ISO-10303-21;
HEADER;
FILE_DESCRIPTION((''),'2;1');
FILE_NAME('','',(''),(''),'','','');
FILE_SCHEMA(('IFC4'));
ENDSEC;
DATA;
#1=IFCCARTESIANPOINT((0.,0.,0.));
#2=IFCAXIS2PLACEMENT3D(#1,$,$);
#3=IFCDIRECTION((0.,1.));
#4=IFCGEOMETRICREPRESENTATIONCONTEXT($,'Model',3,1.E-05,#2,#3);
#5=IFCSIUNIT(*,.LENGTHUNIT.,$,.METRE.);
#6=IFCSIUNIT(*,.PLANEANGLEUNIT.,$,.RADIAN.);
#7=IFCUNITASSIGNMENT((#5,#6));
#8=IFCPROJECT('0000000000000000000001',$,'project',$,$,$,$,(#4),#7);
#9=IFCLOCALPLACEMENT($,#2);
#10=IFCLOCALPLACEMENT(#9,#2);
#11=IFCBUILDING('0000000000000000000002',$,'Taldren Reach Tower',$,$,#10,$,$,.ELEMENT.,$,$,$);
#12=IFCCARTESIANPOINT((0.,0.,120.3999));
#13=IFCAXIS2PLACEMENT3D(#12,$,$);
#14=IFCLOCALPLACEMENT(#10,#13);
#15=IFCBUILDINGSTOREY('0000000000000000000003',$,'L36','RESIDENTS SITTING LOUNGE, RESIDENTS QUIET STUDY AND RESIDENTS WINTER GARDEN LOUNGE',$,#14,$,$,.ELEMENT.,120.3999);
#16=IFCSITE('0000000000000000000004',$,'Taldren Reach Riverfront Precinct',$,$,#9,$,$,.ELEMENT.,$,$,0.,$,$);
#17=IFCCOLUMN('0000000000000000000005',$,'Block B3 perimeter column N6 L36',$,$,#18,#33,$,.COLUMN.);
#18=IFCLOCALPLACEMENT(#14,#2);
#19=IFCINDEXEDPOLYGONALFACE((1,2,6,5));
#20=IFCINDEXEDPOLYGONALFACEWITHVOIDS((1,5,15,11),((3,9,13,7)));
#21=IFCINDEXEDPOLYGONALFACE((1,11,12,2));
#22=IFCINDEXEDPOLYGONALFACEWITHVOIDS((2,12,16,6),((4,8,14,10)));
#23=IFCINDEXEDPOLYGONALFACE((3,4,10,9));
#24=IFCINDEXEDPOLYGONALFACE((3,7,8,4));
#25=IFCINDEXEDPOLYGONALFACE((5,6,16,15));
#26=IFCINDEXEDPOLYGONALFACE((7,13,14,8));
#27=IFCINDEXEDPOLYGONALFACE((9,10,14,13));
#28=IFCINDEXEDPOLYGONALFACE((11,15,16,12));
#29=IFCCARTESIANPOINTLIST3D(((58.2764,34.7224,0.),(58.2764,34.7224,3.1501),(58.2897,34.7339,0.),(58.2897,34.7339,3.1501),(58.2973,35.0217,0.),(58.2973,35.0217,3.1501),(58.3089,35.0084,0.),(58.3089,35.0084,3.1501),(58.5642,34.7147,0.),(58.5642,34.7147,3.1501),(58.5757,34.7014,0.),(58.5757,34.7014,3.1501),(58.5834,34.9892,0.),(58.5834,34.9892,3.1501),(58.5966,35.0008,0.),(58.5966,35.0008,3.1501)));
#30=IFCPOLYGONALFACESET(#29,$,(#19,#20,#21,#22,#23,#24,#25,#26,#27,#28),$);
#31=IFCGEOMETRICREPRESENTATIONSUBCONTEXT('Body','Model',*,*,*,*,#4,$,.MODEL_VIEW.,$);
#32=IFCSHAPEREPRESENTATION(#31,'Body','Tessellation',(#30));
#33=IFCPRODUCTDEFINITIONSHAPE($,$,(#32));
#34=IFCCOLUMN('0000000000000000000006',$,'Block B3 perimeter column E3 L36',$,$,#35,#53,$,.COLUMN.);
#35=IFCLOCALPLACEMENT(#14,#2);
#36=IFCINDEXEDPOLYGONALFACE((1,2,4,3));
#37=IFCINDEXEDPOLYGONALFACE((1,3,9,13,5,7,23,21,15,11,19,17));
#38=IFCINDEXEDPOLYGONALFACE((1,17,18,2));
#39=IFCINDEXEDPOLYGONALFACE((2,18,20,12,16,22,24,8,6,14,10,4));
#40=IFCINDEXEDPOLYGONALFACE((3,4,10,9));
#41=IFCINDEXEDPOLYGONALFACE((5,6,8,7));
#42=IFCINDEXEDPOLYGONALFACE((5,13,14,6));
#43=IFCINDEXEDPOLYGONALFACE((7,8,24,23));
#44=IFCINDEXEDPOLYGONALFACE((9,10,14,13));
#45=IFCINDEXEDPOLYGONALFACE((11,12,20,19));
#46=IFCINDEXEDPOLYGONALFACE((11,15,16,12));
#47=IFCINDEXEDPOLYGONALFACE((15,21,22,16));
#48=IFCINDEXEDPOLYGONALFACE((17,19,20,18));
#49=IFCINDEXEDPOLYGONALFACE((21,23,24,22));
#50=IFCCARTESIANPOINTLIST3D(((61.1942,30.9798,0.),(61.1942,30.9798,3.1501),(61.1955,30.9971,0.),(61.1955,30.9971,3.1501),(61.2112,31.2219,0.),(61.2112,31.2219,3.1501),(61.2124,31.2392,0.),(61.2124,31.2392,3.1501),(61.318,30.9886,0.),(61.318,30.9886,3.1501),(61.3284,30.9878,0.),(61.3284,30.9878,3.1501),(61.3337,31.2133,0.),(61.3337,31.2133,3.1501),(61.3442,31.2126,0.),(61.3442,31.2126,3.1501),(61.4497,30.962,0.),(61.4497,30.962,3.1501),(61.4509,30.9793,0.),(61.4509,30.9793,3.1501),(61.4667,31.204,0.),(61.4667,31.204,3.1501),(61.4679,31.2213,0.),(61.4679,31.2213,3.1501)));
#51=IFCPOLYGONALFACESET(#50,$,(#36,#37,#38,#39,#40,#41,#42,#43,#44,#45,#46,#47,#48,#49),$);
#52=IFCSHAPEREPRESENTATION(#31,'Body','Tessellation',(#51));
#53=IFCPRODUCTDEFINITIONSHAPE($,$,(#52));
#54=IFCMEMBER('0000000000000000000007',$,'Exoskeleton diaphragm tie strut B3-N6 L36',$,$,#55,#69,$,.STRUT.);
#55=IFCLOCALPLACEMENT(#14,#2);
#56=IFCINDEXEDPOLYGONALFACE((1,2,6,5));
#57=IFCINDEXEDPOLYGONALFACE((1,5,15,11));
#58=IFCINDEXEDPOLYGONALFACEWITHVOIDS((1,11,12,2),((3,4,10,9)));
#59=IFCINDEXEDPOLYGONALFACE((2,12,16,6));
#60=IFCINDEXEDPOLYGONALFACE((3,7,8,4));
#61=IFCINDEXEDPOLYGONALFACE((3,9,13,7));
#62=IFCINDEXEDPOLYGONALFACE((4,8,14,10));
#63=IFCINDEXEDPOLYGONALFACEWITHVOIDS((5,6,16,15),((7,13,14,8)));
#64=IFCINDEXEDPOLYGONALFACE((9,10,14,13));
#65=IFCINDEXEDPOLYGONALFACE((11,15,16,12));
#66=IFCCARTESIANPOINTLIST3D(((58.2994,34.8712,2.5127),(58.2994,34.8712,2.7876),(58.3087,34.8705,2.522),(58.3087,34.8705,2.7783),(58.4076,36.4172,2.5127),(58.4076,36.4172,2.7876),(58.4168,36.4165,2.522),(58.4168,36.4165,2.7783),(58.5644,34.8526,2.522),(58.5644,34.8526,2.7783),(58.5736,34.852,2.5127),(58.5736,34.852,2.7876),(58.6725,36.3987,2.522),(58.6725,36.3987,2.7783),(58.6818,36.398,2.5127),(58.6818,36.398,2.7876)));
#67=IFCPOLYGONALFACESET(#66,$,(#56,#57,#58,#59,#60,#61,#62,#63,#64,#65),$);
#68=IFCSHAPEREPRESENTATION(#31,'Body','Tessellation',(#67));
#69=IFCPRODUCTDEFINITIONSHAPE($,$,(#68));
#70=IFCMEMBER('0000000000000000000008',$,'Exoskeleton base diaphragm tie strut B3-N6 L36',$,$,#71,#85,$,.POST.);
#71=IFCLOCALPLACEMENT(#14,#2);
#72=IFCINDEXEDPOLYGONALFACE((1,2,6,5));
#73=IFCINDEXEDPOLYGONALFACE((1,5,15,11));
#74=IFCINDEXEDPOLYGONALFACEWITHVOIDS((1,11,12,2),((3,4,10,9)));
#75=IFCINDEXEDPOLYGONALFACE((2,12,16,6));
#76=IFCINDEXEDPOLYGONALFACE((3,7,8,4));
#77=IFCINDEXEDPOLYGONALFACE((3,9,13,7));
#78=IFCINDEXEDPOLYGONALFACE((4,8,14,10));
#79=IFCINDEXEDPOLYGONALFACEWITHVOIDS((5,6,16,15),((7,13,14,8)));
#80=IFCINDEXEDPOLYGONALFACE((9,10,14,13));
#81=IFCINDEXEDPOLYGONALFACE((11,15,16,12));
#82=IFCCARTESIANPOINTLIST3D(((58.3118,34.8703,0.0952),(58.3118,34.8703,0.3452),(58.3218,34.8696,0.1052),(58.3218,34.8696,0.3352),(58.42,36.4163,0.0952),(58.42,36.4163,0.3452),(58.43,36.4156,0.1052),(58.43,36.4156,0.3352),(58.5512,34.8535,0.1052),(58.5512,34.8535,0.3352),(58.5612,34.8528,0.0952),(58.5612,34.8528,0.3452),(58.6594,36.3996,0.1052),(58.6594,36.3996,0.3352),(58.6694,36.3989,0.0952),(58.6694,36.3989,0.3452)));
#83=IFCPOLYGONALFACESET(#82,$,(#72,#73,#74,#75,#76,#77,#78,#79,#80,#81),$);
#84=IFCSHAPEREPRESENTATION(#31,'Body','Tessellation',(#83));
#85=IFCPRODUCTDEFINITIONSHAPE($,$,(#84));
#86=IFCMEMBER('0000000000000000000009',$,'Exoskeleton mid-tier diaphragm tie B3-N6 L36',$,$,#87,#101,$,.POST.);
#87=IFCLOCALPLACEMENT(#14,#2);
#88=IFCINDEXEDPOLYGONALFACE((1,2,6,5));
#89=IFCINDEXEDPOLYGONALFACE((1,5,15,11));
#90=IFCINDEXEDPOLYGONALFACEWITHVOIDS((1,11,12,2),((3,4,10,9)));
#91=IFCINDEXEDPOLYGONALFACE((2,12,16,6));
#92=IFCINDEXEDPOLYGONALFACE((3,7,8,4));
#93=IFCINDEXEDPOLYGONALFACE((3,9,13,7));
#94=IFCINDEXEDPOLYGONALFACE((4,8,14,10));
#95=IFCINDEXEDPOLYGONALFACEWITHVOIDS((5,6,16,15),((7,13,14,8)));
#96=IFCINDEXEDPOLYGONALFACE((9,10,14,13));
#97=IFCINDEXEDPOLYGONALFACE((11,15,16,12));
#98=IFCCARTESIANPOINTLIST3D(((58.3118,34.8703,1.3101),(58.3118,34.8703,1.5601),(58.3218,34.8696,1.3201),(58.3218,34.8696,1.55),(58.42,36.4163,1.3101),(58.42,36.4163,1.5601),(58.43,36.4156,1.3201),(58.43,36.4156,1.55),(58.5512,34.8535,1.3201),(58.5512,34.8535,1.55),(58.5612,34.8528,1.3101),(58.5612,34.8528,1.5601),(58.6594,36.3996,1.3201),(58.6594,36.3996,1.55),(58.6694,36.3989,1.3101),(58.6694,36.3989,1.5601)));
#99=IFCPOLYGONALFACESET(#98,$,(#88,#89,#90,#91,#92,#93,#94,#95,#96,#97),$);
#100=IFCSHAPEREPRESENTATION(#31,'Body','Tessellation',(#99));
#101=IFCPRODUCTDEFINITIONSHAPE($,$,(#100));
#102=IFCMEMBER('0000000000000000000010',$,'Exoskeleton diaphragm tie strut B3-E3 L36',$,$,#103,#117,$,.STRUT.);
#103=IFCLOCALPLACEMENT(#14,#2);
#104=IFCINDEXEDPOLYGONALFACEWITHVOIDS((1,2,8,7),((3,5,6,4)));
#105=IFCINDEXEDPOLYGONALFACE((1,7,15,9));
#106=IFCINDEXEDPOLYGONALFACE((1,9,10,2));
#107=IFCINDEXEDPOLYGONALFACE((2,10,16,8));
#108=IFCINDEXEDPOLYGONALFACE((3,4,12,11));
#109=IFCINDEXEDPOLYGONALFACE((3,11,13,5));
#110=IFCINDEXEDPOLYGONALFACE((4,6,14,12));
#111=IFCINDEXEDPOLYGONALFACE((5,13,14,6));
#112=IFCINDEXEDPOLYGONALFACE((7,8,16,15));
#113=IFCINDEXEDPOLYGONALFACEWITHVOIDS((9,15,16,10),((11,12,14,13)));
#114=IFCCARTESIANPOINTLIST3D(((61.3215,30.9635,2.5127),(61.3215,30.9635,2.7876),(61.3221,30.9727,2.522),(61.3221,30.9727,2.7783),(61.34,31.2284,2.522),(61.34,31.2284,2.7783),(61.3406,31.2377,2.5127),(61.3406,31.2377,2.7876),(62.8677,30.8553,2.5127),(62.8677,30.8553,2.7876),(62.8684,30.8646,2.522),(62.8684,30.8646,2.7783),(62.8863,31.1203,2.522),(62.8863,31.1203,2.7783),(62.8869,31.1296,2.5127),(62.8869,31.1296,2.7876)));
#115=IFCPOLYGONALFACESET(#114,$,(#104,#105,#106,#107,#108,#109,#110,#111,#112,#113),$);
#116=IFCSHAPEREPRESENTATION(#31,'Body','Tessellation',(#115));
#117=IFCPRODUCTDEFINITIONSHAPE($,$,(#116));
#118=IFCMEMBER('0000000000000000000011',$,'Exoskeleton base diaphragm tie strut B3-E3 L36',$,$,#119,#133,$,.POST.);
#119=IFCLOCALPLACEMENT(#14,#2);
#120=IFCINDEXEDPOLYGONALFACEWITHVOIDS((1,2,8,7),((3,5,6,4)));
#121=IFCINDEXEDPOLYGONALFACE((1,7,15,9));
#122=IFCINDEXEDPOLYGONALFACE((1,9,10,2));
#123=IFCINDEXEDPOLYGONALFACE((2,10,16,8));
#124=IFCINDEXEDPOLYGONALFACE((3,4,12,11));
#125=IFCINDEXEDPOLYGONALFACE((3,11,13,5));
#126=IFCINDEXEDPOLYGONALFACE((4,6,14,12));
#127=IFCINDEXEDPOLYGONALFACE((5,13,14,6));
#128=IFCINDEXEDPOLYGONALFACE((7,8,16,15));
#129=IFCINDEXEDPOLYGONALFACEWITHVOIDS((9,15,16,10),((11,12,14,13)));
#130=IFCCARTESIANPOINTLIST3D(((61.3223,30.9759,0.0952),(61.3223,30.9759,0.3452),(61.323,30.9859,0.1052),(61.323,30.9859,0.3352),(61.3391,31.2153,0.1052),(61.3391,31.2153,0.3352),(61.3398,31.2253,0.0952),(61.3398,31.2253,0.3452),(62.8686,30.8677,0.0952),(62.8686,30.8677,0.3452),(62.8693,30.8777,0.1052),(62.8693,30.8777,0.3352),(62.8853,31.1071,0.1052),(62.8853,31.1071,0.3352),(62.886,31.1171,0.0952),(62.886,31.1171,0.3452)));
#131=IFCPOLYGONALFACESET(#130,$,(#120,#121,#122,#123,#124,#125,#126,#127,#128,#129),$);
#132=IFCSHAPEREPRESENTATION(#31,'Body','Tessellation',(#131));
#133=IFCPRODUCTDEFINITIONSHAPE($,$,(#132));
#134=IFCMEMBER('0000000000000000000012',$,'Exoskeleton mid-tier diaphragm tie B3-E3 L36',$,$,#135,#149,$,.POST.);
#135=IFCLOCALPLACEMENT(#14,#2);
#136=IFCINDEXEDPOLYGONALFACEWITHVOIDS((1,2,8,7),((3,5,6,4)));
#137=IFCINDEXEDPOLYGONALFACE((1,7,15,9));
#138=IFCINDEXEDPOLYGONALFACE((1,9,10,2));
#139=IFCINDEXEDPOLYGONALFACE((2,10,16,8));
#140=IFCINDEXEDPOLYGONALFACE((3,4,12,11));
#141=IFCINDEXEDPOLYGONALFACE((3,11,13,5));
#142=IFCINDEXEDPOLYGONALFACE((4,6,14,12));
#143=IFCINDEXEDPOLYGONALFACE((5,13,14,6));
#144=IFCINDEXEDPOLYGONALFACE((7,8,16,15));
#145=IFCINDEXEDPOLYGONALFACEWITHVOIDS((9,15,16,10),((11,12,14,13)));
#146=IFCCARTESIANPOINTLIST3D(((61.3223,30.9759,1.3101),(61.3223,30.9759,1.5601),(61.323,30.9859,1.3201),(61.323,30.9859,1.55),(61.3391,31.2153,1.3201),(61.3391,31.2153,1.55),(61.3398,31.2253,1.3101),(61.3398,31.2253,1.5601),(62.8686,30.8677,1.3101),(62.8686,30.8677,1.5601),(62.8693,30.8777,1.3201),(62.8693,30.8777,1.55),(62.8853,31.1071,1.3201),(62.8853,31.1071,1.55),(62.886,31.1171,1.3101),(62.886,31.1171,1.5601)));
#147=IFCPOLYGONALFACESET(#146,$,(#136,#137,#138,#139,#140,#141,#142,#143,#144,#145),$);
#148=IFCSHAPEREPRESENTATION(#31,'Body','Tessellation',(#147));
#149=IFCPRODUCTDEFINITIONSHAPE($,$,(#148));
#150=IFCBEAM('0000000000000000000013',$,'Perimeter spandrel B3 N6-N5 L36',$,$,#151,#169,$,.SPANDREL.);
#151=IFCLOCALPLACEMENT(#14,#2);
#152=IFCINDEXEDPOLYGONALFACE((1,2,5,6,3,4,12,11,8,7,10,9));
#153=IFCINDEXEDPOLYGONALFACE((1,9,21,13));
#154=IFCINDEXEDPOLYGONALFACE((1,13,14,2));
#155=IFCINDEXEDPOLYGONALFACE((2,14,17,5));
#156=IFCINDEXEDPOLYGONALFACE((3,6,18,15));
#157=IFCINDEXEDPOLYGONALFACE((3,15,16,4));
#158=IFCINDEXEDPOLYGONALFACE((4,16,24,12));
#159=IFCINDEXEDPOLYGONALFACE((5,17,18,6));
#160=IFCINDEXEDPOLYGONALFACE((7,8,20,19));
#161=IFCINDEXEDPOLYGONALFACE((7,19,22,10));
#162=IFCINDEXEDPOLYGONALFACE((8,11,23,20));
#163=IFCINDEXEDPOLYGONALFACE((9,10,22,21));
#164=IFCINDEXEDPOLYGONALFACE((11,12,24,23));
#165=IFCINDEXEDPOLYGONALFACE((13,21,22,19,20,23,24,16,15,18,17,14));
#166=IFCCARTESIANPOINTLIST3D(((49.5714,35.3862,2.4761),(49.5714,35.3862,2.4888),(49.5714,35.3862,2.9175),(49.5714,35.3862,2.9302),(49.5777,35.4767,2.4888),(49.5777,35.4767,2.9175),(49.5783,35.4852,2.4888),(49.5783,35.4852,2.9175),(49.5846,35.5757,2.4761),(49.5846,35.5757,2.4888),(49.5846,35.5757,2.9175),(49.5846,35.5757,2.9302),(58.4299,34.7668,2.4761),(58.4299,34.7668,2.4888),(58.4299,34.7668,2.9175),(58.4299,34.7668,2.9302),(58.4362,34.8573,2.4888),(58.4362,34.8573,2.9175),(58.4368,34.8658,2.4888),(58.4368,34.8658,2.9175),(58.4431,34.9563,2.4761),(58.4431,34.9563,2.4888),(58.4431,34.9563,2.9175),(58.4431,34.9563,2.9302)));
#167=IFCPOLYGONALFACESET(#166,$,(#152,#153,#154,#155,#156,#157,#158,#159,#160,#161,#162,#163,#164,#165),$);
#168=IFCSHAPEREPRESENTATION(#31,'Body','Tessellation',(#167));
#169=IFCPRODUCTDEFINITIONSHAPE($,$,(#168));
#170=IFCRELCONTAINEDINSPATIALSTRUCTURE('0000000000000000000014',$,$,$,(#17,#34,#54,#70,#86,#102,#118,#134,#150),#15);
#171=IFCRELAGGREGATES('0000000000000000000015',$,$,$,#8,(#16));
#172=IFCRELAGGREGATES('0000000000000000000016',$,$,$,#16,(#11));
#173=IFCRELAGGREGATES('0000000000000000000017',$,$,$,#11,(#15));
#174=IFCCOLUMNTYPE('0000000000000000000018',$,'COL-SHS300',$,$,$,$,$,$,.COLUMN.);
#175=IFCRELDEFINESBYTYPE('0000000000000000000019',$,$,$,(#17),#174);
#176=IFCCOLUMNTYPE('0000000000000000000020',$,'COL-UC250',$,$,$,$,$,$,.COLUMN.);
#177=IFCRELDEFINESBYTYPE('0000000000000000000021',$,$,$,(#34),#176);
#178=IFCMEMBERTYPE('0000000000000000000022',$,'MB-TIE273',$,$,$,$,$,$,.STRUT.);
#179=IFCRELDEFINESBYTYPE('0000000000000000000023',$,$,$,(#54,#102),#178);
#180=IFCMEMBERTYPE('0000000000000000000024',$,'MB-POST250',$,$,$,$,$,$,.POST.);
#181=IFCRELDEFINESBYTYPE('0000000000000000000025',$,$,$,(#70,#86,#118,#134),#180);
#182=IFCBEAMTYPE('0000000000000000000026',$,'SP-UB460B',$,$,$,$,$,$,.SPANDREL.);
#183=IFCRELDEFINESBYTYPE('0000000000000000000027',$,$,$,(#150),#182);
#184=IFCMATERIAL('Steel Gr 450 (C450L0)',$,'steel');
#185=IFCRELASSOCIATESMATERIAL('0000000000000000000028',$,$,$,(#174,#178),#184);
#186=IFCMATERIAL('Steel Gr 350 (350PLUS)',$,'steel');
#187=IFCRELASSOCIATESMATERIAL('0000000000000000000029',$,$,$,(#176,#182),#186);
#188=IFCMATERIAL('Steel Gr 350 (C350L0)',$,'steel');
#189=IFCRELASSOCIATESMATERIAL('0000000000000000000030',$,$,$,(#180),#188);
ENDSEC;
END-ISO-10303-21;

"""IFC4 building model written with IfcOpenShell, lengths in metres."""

from ifc_helpers import new_model, si_unit, direction, frame, origin, origin_2d, place, context, subcontext, project, spatial, hollow_rectangle, i_section, extrude, source, transform, mapped, material, material_profile, profile_set, type_object, element, save


model = new_model("IFC4")

# Units and contexts
model_context = context("Model", 3, precision=1e-05, world=origin(), true_north=direction((0.0, 1.0)))
body_context = subcontext(model_context, "Body", "Model", "MODEL_VIEW")
ifc_project = project(units=[si_unit("LENGTHUNIT", "METRE"), si_unit("PLANEANGLEUNIT", "RADIAN")], contexts=[model_context])

# Site, building, storey
site_placement = place(None, origin())
site = spatial("IfcSite", under=ifc_project, at=site_placement, Name="Taldren Reach Riverfront Precinct", CompositionType="ELEMENT", RefElevation=0.0)
building_placement = place(site_placement, origin())
building = spatial("IfcBuilding", under=site, at=building_placement, Name="Taldren Reach Tower", CompositionType="ELEMENT")
storey_placement = place(building_placement, frame((0.0, 0.0, 120.3999)))
storey = spatial("IfcBuildingStorey", under=building, at=storey_placement, Name="L36", Description="RESIDENTS SITTING LOUNGE, RESIDENTS QUIET STUDY AND RESIDENTS WINTER GARDEN LOUNGE", CompositionType="ELEMENT", Elevation=120.3999)

# Columns
ifc_material_1 = material(Name="Steel Gr 450 (C450L0)", Category="steel")
ifc_material_profile_1 = material_profile(ifc_material_1, hollow_rectangle(XDim=0.3, YDim=0.3, WallThickness=0.0125, at=origin_2d()), Name="300x300x12.5SHS")
ifc_profile_set_1 = profile_set([ifc_material_profile_1], Name="Steel Gr 450 (C450L0)")
column_type_1 = type_object("IfcColumnType", Name="COL-SHS300", PredefinedType="COLUMN", material=ifc_profile_set_1)
shared_shape_1 = source(origin(), body_context, "Body", "SweptSolid", [
    extrude(hollow_rectangle(XDim=0.3, YDim=0.3, WallThickness=0.0125, at=origin_2d()), origin(), (0.0, 0.0, 1.0), 3.1501),
])
column_1_placement = place(storey_placement, frame((58.4365, 34.8616, 0.0), z_axis=(0.0, 0.0, 1.0), x_axis=(0.997564, -0.069756, 0.0)))
element("IfcColumn", 1, at=column_1_placement, inside=storey, type_object=column_type_1, Name="Block B3 perimeter column N6 L36", PredefinedType="COLUMN", context=body_context, shape_type="MappedRepresentation", body=[
    mapped(shared_shape_1, transform((0.0, 0.0, 0.0), scale=1.0)),
])
ifc_material_2 = material(Name="Steel Gr 350 (350PLUS)", Category="steel")
ifc_material_profile_2 = material_profile(ifc_material_2, i_section(OverallWidth=0.2561, OverallDepth=0.26, WebThickness=0.0105, FlangeThickness=0.0173, at=origin_2d()), Name="250UC89.5")
ifc_profile_set_2 = profile_set([ifc_material_profile_2], Name="Steel Gr 350 (350PLUS)")
column_type_2 = type_object("IfcColumnType", Name="COL-UC250", PredefinedType="COLUMN", material=ifc_profile_set_2)
shared_shape_2 = source(origin(), body_context, "Body", "SweptSolid", [
    extrude(i_section(OverallWidth=0.2561, OverallDepth=0.26, WebThickness=0.0105, FlangeThickness=0.0173, at=origin_2d()), origin(), (0.0, 0.0, 1.0), 3.1501),
])
column_2_placement = place(storey_placement, frame((61.3311, 31.1006, 0.0), z_axis=(0.0, 0.0, 1.0), x_axis=(0.997564, -0.069756, 0.0)))
element("IfcColumn", 2, at=column_2_placement, inside=storey, type_object=column_type_2, Name="Block B3 perimeter column E3 L36", PredefinedType="COLUMN", context=body_context, shape_type="MappedRepresentation", body=[
    mapped(shared_shape_2, transform((0.0, 0.0, 0.0), scale=1.0)),
])

# Members
ifc_material_profile_3 = material_profile(ifc_material_1, hollow_rectangle(XDim=0.2749, YDim=0.2749, WallThickness=0.0093, at=origin_2d()), Name="275x275x9.3SHS")
ifc_profile_set_3 = profile_set([ifc_material_profile_3], Name="Steel Gr 450 (C450L0)")
member_type_1 = type_object("IfcMemberType", Name="MB-TIE273", PredefinedType="STRUT", material=ifc_profile_set_3)
shared_shape_3 = source(origin(), body_context, "Body", "SweptSolid", [
    extrude(hollow_rectangle(XDim=0.2749, YDim=0.2749, WallThickness=0.0093, at=origin_2d()), origin(), (0.0, 0.0, 1.0), 1.5498),
])
member_1_placement = place(storey_placement, frame((58.4365, 34.8616, 2.6501), z_axis=(0.069781, 0.997562, 0.0), x_axis=(-0.997562, 0.069781, 0.0)))
element("IfcMember", 3, at=member_1_placement, inside=storey, type_object=member_type_1, Name="Exoskeleton diaphragm tie strut B3-N6 L36", PredefinedType="STRUT", context=body_context, shape_type="MappedRepresentation", body=[
    mapped(shared_shape_3, transform((0.0, 0.0, 0.0), scale=1.0)),
])
ifc_material_3 = material(Name="Steel Gr 350 (C350L0)", Category="steel")
ifc_material_profile_4 = material_profile(ifc_material_3, hollow_rectangle(XDim=0.25, YDim=0.25, WallThickness=0.01, at=origin_2d()), Name="250x250x10.0SHS")
ifc_profile_set_4 = profile_set([ifc_material_profile_4], Name="Steel Gr 350 (C350L0)")
member_type_2 = type_object("IfcMemberType", Name="MB-POST250", PredefinedType="POST", material=ifc_profile_set_4)
shared_shape_4 = source(origin(), body_context, "Body", "SweptSolid", [
    extrude(hollow_rectangle(XDim=0.25, YDim=0.25, WallThickness=0.01, at=origin_2d()), origin(), (0.0, 0.0, 1.0), 1.5498),
])
for number, where, z_axis, x_axis, name in (
    (4, (58.4365, 34.8616, 0.2202), (0.069781, 0.997562, 0.0), (-0.997562, 0.069781, 0.0), "Exoskeleton base diaphragm tie strut B3-N6 L36"),
    (5, (58.4365, 34.8616, 1.4351), (0.069781, 0.997562, 0.0), (-0.997562, 0.069781, 0.0), "Exoskeleton mid-tier diaphragm tie B3-N6 L36"),
):
    element("IfcMember", number, at=place(storey_placement, frame(where, z_axis=z_axis, x_axis=x_axis)), inside=storey, type_object=member_type_2, Name=name, PredefinedType="POST", context=body_context, shape_type="MappedRepresentation", body=[
        mapped(shared_shape_4, transform((0.0, 0.0, 0.0), scale=1.0)),
    ])
shared_shape_5 = source(origin(), body_context, "Body", "SweptSolid", [
    extrude(hollow_rectangle(XDim=0.2749, YDim=0.2749, WallThickness=0.0093, at=origin_2d()), origin(), (0.0, 0.0, 1.0), 1.55),
])
member_2_placement = place(storey_placement, frame((61.3311, 31.1006, 2.6501), z_axis=(0.997563, -0.06977, 0.0), x_axis=(0.06977, 0.997563, 0.0)))
element("IfcMember", 6, at=member_2_placement, inside=storey, type_object=member_type_1, Name="Exoskeleton diaphragm tie strut B3-E3 L36", PredefinedType="STRUT", context=body_context, shape_type="MappedRepresentation", body=[
    mapped(shared_shape_5, transform((0.0, 0.0, 0.0), scale=1.0)),
])
shared_shape_6 = source(origin(), body_context, "Body", "SweptSolid", [
    extrude(hollow_rectangle(XDim=0.25, YDim=0.25, WallThickness=0.01, at=origin_2d()), origin(), (0.0, 0.0, 1.0), 1.55),
])
for number, where, z_axis, x_axis, name in (
    (7, (61.3311, 31.1006, 0.2202), (0.997563, -0.06977, 0.0), (0.06977, 0.997563, 0.0), "Exoskeleton base diaphragm tie strut B3-E3 L36"),
    (8, (61.3311, 31.1006, 1.4351), (0.997563, -0.06977, 0.0), (0.06977, 0.997563, 0.0), "Exoskeleton mid-tier diaphragm tie B3-E3 L36"),
):
    element("IfcMember", number, at=place(storey_placement, frame(where, z_axis=z_axis, x_axis=x_axis)), inside=storey, type_object=member_type_2, Name=name, PredefinedType="POST", context=body_context, shape_type="MappedRepresentation", body=[
        mapped(shared_shape_6, transform((0.0, 0.0, 0.0), scale=1.0)),
    ])

# Beam
ifc_material_profile_5 = material_profile(ifc_material_2, i_section(OverallWidth=0.1899, OverallDepth=0.4541, WebThickness=0.0085, FlangeThickness=0.0127, at=origin_2d()), Name="460UB67.1")
ifc_profile_set_5 = profile_set([ifc_material_profile_5], Name="Steel Gr 350 (350PLUS)")
beam_type = type_object("IfcBeamType", Name="SP-UB460B", PredefinedType="SPANDREL", material=ifc_profile_set_5)
shared_shape_7 = source(origin(), body_context, "Body", "SweptSolid", [
    extrude(i_section(OverallWidth=0.1899, OverallDepth=0.4541, WebThickness=0.0085, FlangeThickness=0.0127, at=origin_2d()), origin(), (0.0, 0.0, 1.0), 8.8801),
])
beam_1_placement = place(storey_placement, frame((58.4365, 34.8616, 2.7031), z_axis=(-0.997564, 0.06975, 0.0), x_axis=(-0.06975, -0.997564, 0.0)))
element("IfcBeam", 9, at=beam_1_placement, inside=storey, type_object=beam_type, Name="Perimeter spandrel B3 N6-N5 L36", PredefinedType="SPANDREL", context=body_context, shape_type="MappedRepresentation", body=[
    mapped(shared_shape_7, transform((0.0, 0.0, 0.0), scale=1.0)),
])

save(model, "model.ifc")
